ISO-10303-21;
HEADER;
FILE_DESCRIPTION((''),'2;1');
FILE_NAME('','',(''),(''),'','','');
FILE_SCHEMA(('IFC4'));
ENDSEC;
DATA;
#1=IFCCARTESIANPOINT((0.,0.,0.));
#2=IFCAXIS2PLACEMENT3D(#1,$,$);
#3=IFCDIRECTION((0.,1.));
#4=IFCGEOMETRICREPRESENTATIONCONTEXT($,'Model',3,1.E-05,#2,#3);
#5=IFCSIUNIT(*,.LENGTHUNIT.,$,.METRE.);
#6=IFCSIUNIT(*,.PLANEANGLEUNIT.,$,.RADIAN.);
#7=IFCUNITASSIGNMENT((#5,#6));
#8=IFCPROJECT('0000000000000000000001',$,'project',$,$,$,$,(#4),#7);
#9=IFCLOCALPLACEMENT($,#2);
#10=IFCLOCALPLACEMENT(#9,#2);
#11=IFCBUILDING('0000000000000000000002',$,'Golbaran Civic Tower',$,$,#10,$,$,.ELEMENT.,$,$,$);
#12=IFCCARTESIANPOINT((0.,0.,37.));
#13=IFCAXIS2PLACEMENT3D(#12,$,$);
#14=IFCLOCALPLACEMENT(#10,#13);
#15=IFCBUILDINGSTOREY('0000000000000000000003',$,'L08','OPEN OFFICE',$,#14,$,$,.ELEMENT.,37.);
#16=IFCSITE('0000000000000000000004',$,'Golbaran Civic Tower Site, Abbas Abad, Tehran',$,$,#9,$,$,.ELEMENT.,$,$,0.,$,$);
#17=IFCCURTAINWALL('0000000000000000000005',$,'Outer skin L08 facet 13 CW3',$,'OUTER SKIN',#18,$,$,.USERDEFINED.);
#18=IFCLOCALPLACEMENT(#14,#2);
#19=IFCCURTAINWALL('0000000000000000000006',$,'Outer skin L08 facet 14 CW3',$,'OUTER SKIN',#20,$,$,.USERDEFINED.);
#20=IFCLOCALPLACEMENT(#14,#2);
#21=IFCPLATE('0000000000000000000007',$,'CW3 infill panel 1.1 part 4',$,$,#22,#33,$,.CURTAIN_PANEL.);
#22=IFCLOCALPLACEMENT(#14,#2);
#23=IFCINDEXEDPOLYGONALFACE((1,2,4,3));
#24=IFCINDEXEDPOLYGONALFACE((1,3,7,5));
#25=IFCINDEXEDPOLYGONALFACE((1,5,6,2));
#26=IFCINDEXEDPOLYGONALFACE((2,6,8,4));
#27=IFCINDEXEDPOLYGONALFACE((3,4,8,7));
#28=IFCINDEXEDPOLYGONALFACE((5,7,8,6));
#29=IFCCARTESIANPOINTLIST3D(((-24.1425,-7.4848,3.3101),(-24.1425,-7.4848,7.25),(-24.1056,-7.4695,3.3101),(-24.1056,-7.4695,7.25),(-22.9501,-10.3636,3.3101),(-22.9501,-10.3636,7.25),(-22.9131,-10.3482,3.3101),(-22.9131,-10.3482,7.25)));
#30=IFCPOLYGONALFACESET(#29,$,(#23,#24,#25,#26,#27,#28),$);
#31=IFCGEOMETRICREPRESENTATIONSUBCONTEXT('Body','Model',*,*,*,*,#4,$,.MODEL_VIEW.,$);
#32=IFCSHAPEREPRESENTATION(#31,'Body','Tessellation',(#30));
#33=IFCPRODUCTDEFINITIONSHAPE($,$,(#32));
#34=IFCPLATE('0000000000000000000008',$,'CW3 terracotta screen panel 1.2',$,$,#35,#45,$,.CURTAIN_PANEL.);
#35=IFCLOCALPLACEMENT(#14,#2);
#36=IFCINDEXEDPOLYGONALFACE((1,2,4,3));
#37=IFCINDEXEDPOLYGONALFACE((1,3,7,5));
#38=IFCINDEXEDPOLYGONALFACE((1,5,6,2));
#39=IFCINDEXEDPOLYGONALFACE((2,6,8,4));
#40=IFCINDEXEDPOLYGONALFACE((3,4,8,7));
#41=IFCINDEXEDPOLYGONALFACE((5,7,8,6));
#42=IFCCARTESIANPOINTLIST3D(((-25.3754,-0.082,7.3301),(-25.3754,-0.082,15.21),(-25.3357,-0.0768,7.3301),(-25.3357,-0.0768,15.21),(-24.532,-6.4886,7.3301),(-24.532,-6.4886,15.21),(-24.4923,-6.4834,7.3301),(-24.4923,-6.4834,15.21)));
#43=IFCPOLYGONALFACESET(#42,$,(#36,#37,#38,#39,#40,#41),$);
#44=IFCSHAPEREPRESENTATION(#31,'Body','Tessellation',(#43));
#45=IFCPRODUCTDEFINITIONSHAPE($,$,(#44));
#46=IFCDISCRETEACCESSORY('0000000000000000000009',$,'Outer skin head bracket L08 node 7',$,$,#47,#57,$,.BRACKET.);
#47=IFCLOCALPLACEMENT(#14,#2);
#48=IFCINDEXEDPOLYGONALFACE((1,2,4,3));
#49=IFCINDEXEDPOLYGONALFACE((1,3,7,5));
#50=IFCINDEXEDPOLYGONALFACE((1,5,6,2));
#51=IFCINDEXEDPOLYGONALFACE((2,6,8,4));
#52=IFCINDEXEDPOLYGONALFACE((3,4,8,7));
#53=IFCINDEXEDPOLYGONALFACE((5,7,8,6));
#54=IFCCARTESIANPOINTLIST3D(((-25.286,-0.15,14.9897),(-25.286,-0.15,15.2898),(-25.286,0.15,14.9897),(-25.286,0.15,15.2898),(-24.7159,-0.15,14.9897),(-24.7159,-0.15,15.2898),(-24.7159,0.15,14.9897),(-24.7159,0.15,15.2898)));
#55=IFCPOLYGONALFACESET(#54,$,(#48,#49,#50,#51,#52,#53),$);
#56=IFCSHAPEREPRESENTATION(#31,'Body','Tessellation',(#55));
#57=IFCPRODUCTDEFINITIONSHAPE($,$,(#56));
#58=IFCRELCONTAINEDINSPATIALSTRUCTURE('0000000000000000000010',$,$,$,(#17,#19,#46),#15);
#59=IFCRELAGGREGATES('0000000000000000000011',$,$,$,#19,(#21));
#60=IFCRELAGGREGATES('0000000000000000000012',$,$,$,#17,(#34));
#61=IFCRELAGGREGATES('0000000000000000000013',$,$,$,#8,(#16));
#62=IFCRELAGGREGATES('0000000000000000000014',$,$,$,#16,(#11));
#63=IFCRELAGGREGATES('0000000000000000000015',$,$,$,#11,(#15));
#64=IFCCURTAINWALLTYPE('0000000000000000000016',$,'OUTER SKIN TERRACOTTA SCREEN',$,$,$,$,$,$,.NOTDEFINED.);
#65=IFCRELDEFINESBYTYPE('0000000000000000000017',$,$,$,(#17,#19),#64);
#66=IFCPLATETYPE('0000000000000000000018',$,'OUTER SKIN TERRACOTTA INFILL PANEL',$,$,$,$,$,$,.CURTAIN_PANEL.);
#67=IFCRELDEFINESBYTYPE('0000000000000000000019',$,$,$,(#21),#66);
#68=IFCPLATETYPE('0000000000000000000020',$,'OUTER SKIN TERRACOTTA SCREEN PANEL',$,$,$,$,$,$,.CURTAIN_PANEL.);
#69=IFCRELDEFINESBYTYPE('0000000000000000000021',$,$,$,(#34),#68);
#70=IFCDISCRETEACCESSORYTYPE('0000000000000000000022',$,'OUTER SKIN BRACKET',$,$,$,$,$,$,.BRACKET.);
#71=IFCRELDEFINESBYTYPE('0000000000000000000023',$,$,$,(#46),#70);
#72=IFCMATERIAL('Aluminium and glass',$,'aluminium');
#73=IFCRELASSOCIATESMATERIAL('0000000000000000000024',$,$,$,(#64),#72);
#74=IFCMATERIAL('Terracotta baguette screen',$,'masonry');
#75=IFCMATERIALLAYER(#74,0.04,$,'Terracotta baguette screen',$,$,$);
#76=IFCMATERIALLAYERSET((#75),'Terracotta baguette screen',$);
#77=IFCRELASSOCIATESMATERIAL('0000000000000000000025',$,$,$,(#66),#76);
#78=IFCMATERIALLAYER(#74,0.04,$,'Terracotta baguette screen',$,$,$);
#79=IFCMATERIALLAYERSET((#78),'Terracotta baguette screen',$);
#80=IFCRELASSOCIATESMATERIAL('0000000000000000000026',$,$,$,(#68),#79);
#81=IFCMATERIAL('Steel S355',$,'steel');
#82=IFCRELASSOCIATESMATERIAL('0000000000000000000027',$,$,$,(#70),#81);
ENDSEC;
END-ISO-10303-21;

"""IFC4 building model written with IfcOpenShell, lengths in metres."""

from ifc_helpers import new_model, si_unit, direction, frame, origin, origin_2d, place, context, subcontext, project, spatial, rectangle, extrude, material, layer, layer_set, type_object, element, aggregate, save


model = new_model("IFC4")

# Units and contexts
model_context = context("Model", 3, precision=1e-05, world=origin(), true_north=direction((0.0, 1.0)))
body_context = subcontext(model_context, "Body", "Model", "MODEL_VIEW")
ifc_project = project(units=[si_unit("LENGTHUNIT", "METRE"), si_unit("PLANEANGLEUNIT", "RADIAN")], contexts=[model_context])

# Site, building, storey
site_placement = place(None, origin())
site = spatial("IfcSite", under=ifc_project, at=site_placement, Name="Golbaran Civic Tower Site, Abbas Abad, Tehran", CompositionType="ELEMENT", RefElevation=0.0)
building_placement = place(site_placement, origin())
building = spatial("IfcBuilding", under=site, at=building_placement, Name="Golbaran Civic Tower", CompositionType="ELEMENT")
storey_placement = place(building_placement, frame((0.0, 0.0, 37.0)))
storey = spatial("IfcBuildingStorey", under=building, at=storey_placement, Name="L08", Description="OPEN OFFICE", CompositionType="ELEMENT", Elevation=37.0)

# Curtain walls
ifc_material_1 = material(Name="Aluminium and glass", Category="aluminium")
curtain_wall_type_1 = type_object("IfcCurtainWallType", Name="OUTER SKIN TERRACOTTA SCREEN", PredefinedType="NOTDEFINED", material=ifc_material_1)
curtain_wall_1_placement = place(storey_placement, origin())
curtain_wall_1 = element("IfcCurtainWall", 1, at=curtain_wall_1_placement, inside=storey, type_object=curtain_wall_type_1, Name="Outer skin L08 facet 13 CW3", ObjectType="OUTER SKIN", PredefinedType="USERDEFINED")
curtain_wall_2_placement = place(storey_placement, origin())
curtain_wall_2 = element("IfcCurtainWall", 2, at=curtain_wall_2_placement, inside=storey, type_object=curtain_wall_type_1, Name="Outer skin L08 facet 14 CW3", ObjectType="OUTER SKIN", PredefinedType="USERDEFINED")

# Plates
ifc_material_2 = material(Name="Terracotta baguette screen", Category="masonry")
ifc_layer_1 = layer(ifc_material_2, 0.04, Name="Terracotta baguette screen")
ifc_layer_set_1 = layer_set([ifc_layer_1], Name="Terracotta baguette screen")
plate_type_1 = type_object("IfcPlateType", Name="OUTER SKIN TERRACOTTA INFILL PANEL", PredefinedType="CURTAIN_PANEL", material=ifc_layer_set_1)
plate_1_placement = place(storey_placement, frame((-23.5278, -8.9165, 3.3101), z_axis=(0.0, 0.0, 1.0), x_axis=(0.382683, -0.92388, 0.0)))
plate_1 = element("IfcPlate", 3, at=plate_1_placement, type_object=plate_type_1, Name="CW3 infill panel 1.1 part 4", PredefinedType="CURTAIN_PANEL", context=body_context, shape_type="SweptSolid", body=[
    extrude(rectangle(XDim=3.116, YDim=0.04, at=origin_2d()), origin(), (0.0, 0.0, 1.0), 3.9399),
])
aggregate(curtain_wall_2, [plate_1])
ifc_layer_2 = layer(ifc_material_2, 0.04, Name="Terracotta baguette screen")
ifc_layer_set_2 = layer_set([ifc_layer_2], Name="Terracotta baguette screen")
plate_type_2 = type_object("IfcPlateType", Name="OUTER SKIN TERRACOTTA SCREEN PANEL", PredefinedType="CURTAIN_PANEL", material=ifc_layer_set_2)
plate_2_placement = place(storey_placement, frame((-24.9338, -3.2827, 7.3301), z_axis=(0.0, 0.0, 1.0), x_axis=(0.130526, -0.991445, 0.0)))
plate_2 = element("IfcPlate", 4, at=plate_2_placement, type_object=plate_type_2, Name="CW3 terracotta screen panel 1.2", PredefinedType="CURTAIN_PANEL", context=body_context, shape_type="SweptSolid", body=[
    extrude(rectangle(XDim=6.4619, YDim=0.04, at=origin_2d()), origin(), (0.0, 0.0, 1.0), 7.8799),
])
aggregate(curtain_wall_1, [plate_2])

# Discrete accessory
ifc_material_3 = material(Name="Steel S355", Category="steel")
discrete_accessory_type = type_object("IfcDiscreteAccessoryType", Name="OUTER SKIN BRACKET", PredefinedType="BRACKET", material=ifc_material_3)
discrete_accessory_placement = place(storey_placement, frame((-25.001, 0.0, 14.9897), z_axis=(0.0, 0.0, 1.0), x_axis=(-1.0, 0.0, 0.0)))
element("IfcDiscreteAccessory", 5, at=discrete_accessory_placement, inside=storey, type_object=discrete_accessory_type, Name="Outer skin head bracket L08 node 7", PredefinedType="BRACKET", context=body_context, shape_type="SweptSolid", body=[
    extrude(rectangle(XDim=0.5701, YDim=0.3, at=origin_2d()), origin(), (0.0, 0.0, 1.0), 0.3),
])

save(model, "model.ifc")
